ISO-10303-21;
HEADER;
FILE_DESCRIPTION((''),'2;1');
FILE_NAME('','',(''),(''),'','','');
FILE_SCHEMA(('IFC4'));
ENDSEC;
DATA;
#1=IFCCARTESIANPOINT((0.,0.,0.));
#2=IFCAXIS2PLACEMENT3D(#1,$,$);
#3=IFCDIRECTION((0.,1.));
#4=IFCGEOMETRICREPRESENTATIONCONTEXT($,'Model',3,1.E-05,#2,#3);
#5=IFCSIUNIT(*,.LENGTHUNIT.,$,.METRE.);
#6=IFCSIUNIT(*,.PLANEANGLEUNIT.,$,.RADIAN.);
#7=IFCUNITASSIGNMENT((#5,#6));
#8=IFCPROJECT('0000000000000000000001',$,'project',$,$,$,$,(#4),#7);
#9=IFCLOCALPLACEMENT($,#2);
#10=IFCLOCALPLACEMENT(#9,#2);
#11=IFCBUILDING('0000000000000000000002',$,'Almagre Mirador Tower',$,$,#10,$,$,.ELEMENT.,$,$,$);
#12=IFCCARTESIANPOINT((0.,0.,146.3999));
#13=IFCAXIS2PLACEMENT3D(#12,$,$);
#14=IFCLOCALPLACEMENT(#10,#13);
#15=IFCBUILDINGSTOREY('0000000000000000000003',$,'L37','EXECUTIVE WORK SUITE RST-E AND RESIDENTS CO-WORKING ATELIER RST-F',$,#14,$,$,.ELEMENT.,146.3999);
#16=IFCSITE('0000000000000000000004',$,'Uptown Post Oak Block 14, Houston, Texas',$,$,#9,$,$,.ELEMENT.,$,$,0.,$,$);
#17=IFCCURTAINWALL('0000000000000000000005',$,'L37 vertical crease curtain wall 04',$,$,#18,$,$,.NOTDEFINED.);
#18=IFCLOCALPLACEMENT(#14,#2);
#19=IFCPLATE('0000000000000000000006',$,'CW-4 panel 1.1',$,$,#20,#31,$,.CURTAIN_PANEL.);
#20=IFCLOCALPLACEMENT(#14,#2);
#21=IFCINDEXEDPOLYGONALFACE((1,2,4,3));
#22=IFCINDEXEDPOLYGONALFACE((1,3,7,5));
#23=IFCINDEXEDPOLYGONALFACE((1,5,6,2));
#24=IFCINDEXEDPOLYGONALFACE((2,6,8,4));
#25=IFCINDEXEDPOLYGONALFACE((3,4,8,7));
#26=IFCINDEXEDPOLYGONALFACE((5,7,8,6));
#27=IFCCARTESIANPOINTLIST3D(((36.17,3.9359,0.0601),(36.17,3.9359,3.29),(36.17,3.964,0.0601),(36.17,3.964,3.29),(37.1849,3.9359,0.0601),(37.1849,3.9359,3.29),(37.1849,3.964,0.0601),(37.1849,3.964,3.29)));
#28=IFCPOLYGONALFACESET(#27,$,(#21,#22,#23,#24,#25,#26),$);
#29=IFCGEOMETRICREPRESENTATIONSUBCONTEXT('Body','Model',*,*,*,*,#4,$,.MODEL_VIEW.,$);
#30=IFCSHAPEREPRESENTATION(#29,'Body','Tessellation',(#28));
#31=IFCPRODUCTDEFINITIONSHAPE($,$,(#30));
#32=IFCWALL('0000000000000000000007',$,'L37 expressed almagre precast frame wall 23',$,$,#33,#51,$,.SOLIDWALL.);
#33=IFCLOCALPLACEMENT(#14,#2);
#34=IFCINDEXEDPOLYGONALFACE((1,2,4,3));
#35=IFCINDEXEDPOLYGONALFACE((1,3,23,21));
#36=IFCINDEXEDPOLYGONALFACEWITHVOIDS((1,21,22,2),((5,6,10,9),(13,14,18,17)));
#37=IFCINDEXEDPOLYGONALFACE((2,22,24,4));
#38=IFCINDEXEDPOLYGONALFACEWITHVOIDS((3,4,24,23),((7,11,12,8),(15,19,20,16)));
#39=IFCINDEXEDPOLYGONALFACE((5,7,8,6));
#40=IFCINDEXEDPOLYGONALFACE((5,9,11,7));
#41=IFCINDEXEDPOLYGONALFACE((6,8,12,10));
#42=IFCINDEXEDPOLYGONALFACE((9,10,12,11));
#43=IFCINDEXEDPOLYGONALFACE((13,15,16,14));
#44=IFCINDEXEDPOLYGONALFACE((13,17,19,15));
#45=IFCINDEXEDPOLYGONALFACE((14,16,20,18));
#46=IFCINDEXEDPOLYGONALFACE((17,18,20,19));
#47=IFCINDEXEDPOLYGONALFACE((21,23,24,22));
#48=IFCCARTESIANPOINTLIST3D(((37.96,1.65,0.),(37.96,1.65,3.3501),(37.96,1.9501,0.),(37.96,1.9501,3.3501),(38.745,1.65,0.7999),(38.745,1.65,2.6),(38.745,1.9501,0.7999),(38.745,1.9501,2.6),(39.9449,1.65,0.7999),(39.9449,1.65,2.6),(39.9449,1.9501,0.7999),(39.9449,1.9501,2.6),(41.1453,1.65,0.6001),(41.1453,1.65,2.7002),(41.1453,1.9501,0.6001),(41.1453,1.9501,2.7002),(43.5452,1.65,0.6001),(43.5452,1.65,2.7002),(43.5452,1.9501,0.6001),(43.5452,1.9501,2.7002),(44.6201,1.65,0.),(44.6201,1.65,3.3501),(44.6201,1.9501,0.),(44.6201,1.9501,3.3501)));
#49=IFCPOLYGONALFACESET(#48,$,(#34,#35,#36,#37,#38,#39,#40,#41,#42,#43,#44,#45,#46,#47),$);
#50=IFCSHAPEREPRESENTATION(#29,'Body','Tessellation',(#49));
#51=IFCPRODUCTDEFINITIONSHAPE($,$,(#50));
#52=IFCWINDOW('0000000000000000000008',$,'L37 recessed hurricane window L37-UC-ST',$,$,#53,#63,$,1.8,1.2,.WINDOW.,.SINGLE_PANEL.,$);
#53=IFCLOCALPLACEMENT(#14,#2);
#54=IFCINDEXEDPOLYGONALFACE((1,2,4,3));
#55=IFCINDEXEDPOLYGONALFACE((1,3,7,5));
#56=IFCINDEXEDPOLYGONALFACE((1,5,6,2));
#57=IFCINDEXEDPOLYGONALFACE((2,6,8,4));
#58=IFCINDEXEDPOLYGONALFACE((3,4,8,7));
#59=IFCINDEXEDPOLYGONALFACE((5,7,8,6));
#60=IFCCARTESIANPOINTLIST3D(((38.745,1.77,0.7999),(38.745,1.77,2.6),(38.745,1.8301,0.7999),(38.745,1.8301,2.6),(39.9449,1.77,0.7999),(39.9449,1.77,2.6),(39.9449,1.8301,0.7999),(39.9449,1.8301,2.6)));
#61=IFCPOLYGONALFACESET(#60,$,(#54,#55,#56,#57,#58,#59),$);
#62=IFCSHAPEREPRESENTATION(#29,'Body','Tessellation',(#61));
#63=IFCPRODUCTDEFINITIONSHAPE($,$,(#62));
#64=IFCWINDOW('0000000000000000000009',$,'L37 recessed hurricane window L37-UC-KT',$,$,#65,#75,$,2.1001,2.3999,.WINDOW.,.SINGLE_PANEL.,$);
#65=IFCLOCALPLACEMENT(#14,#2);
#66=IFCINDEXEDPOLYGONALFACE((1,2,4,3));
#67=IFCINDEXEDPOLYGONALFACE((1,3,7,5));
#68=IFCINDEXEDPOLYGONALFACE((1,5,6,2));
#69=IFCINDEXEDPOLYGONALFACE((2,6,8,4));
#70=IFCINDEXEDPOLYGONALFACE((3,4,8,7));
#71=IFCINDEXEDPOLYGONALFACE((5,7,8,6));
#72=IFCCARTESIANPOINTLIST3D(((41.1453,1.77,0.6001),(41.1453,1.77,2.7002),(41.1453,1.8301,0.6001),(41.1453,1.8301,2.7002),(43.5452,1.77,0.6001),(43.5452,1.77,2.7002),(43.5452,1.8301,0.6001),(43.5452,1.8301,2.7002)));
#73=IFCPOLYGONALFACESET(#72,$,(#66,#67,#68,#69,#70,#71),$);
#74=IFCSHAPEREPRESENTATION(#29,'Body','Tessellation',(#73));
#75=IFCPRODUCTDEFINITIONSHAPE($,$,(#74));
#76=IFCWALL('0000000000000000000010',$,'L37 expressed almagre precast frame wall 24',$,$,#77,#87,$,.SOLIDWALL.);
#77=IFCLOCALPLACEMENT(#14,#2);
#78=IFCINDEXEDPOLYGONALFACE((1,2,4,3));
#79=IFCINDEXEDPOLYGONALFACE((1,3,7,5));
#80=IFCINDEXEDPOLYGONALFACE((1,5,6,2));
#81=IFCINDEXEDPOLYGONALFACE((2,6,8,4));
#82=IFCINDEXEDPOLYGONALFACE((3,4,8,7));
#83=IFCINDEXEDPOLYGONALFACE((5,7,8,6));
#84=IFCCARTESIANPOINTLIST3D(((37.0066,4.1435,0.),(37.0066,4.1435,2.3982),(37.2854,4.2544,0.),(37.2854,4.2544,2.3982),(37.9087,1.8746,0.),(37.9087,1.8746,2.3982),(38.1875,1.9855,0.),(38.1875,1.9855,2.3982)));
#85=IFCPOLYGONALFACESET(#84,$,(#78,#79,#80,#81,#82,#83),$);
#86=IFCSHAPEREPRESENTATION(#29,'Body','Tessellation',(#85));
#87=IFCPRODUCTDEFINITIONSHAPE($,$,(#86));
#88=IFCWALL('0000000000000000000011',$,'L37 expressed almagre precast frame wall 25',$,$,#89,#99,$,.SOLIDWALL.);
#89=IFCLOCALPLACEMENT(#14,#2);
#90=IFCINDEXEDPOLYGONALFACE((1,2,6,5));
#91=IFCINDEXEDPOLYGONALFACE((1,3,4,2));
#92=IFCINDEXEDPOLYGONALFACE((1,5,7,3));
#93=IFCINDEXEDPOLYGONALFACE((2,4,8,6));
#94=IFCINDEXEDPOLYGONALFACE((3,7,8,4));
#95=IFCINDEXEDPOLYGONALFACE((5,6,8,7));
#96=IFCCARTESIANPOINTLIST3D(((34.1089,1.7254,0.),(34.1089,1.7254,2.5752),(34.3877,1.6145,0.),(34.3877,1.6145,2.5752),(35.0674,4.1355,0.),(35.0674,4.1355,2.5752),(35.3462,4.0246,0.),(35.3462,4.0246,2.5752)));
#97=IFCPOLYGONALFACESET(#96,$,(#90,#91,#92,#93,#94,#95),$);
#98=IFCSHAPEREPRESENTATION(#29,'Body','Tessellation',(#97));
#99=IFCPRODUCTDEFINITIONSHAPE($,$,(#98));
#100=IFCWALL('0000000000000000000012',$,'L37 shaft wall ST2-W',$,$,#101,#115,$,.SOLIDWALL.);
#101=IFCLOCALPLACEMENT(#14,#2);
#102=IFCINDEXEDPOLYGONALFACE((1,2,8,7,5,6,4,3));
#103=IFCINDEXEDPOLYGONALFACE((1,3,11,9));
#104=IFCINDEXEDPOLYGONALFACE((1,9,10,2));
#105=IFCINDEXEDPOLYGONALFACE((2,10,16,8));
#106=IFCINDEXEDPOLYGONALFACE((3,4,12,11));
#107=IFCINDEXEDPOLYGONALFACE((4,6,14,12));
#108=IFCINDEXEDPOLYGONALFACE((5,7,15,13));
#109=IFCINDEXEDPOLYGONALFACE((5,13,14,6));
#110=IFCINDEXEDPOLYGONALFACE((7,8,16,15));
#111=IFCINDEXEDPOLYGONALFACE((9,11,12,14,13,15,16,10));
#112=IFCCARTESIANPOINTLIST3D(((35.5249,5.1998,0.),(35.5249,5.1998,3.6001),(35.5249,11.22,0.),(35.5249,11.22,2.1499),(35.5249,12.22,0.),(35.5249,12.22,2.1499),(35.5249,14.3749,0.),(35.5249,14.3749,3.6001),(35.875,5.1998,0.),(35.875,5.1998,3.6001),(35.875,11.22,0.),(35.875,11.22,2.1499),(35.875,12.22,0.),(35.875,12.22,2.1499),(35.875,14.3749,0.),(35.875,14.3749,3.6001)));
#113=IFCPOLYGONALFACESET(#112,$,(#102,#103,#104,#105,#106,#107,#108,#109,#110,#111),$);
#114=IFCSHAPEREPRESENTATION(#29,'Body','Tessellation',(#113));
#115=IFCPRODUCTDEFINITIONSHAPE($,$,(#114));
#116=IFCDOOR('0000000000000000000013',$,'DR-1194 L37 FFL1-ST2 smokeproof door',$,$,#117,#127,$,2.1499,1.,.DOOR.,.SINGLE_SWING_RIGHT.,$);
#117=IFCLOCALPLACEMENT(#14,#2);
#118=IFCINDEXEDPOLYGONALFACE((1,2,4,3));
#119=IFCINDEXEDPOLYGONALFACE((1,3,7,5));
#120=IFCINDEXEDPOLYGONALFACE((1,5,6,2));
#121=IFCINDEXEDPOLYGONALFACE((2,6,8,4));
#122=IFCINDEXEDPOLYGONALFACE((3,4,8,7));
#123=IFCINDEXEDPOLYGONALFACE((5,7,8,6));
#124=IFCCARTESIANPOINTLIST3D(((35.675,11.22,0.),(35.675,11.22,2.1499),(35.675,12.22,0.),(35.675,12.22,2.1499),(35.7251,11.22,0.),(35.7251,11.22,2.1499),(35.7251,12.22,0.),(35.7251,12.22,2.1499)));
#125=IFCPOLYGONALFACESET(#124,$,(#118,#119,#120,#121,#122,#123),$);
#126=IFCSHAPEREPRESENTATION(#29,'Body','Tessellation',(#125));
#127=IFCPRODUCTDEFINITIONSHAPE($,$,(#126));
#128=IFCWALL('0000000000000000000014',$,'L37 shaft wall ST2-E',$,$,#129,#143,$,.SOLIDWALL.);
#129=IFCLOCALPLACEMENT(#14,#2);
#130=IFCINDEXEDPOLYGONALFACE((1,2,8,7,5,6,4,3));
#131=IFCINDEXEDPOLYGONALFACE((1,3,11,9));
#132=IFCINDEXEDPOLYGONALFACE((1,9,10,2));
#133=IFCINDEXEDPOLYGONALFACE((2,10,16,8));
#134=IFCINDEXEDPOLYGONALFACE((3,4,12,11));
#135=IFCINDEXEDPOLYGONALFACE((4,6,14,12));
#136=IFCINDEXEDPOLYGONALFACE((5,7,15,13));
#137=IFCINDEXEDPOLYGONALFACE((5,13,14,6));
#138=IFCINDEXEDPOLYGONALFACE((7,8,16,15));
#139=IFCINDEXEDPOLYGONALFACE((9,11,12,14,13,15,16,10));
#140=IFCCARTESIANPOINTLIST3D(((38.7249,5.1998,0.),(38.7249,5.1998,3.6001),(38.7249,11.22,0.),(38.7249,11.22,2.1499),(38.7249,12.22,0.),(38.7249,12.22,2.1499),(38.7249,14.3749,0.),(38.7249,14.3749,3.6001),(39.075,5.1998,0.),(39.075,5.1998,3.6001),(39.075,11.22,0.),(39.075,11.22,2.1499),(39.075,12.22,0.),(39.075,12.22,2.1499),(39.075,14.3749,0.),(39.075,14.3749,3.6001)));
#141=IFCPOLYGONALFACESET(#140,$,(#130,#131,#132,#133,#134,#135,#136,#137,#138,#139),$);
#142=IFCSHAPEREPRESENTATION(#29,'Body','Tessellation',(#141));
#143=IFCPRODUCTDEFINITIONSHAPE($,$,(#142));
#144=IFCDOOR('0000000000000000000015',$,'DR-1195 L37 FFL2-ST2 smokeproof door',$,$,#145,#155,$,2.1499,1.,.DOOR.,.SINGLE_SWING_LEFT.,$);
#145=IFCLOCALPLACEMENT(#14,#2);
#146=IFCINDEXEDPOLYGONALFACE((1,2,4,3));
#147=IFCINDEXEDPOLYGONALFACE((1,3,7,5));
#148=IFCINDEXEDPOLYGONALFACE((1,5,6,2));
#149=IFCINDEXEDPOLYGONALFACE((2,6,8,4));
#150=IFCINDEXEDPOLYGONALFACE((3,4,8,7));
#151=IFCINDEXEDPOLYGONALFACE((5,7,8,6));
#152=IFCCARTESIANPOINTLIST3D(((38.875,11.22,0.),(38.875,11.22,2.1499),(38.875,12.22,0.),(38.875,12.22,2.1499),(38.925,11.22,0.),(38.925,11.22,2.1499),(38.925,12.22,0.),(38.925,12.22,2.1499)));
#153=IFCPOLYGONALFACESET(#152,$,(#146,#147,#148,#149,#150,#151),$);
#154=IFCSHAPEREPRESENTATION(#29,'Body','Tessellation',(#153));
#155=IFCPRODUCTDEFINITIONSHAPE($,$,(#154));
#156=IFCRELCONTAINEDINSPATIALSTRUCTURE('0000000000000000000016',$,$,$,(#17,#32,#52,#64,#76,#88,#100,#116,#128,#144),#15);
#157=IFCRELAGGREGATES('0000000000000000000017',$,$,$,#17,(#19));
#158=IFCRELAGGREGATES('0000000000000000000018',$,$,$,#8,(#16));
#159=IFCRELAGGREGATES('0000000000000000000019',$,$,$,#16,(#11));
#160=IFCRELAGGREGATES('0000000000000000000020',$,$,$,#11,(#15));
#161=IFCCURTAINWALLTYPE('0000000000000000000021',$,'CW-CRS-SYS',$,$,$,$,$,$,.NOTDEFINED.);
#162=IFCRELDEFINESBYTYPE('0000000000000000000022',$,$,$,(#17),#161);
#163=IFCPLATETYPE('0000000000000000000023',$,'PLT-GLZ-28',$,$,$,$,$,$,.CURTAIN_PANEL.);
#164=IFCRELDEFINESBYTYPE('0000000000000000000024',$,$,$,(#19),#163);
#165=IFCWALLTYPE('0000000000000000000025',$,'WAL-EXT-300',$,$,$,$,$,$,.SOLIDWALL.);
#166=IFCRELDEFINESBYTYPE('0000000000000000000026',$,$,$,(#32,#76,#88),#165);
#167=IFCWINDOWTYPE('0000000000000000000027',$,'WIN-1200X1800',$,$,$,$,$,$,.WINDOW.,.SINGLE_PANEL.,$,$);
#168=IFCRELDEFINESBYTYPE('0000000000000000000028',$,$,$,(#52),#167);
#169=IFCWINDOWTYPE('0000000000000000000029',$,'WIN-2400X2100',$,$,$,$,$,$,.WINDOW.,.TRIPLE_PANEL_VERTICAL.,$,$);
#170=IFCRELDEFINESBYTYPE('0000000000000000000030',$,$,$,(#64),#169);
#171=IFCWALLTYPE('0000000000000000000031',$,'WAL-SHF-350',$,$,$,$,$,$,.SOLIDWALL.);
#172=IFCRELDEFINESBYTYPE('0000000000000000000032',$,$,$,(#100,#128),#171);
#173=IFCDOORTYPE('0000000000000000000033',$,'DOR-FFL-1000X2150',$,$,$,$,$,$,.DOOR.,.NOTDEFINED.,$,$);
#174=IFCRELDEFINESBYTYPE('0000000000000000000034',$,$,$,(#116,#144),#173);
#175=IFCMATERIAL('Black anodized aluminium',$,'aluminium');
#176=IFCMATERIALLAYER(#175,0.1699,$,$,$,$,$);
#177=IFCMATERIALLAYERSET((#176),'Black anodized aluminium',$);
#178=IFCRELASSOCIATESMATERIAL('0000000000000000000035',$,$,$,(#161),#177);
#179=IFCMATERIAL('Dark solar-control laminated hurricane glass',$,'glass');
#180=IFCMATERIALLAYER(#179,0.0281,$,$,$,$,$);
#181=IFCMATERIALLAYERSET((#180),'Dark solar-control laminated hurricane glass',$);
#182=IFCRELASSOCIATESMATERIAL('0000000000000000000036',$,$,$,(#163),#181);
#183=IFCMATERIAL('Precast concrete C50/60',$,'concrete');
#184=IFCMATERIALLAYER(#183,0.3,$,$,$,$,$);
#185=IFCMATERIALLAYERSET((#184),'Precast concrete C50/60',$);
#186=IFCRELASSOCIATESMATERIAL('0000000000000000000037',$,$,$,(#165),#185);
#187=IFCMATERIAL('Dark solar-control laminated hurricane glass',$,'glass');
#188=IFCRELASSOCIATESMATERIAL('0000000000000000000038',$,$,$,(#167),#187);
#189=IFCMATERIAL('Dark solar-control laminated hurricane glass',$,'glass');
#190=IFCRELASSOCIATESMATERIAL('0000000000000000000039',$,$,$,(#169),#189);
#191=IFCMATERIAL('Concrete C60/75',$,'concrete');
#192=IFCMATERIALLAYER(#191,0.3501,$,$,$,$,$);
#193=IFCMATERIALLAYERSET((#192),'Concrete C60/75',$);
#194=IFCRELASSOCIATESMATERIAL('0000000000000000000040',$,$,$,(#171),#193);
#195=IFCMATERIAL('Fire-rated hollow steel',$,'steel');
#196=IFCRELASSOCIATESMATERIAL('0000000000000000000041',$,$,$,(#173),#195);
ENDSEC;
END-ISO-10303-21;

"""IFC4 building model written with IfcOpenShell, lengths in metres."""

from ifc_helpers import new_model, si_unit, direction, frame, frame_2d, origin, origin_2d, place, context, subcontext, project, spatial, rectangle, extrude, material, layer, layer_set, type_object, element, fill, aggregate, save


model = new_model("IFC4")

# Units and contexts
model_context = context("Model", 3, precision=1e-05, world=origin(), true_north=direction((0.0, 1.0)))
body_context = subcontext(model_context, "Body", "Model", "MODEL_VIEW")
ifc_project = project(units=[si_unit("LENGTHUNIT", "METRE"), si_unit("PLANEANGLEUNIT", "RADIAN")], contexts=[model_context])

# Site, building, storey
site_placement = place(None, origin())
site = spatial("IfcSite", under=ifc_project, at=site_placement, Name="Uptown Post Oak Block 14, Houston, Texas", CompositionType="ELEMENT", RefElevation=0.0)
building_placement = place(site_placement, origin())
building = spatial("IfcBuilding", under=site, at=building_placement, Name="Almagre Mirador Tower", CompositionType="ELEMENT")
storey_placement = place(building_placement, frame((0.0, 0.0, 146.3999)))
storey = spatial("IfcBuildingStorey", under=building, at=storey_placement, Name="L37", Description="EXECUTIVE WORK SUITE RST-E AND RESIDENTS CO-WORKING ATELIER RST-F", CompositionType="ELEMENT", Elevation=146.3999)

# Curtain wall, plate
ifc_material_1 = material(Name="Black anodized aluminium", Category="aluminium")
ifc_layer_1 = layer(ifc_material_1, 0.1699)
ifc_layer_set_1 = layer_set([ifc_layer_1], Name="Black anodized aluminium")
curtain_wall_type = type_object("IfcCurtainWallType", Name="CW-CRS-SYS", PredefinedType="NOTDEFINED", material=ifc_layer_set_1)
curtain_wall_placement = place(storey_placement, origin())
curtain_wall = element("IfcCurtainWall", 1, at=curtain_wall_placement, inside=storey, type_object=curtain_wall_type, Name="L37 vertical crease curtain wall 04", PredefinedType="NOTDEFINED")
ifc_material_2 = material(Name="Dark solar-control laminated hurricane glass", Category="glass")
ifc_layer_2 = layer(ifc_material_2, 0.0281)
ifc_layer_set_2 = layer_set([ifc_layer_2], Name="Dark solar-control laminated hurricane glass")
plate_type = type_object("IfcPlateType", Name="PLT-GLZ-28", PredefinedType="CURTAIN_PANEL", material=ifc_layer_set_2)
plate_placement = place(storey_placement, frame((36.6775, 3.95, 0.0601), z_axis=(0.0, 0.0, 1.0), x_axis=(-1.0, 0.0, 0.0)))
plate = element("IfcPlate", 2, at=plate_placement, type_object=plate_type, Name="CW-4 panel 1.1", PredefinedType="CURTAIN_PANEL", context=body_context, shape_type="SweptSolid", body=[
    extrude(rectangle(XDim=1.0149, YDim=0.0281, at=origin_2d()), origin(), (0.0, 0.0, 1.0), 3.23),
])
aggregate(curtain_wall, [plate])

# Wall, openings, windows
ifc_material_3 = material(Name="Precast concrete C50/60", Category="concrete")
ifc_layer_3 = layer(ifc_material_3, 0.3)
ifc_layer_set_3 = layer_set([ifc_layer_3], Name="Precast concrete C50/60")
wall_type_1 = type_object("IfcWallType", Name="WAL-EXT-300", PredefinedType="SOLIDWALL", material=ifc_layer_set_3)
wall_1_placement = place(storey_placement, frame((44.6201, 1.8, 0.0), z_axis=(0.0, 0.0, 1.0), x_axis=(-1.0, 0.0, 0.0)))
wall_1 = element("IfcWall", 3, at=wall_1_placement, inside=storey, type_object=wall_type_1, Name="L37 expressed almagre precast frame wall 23", PredefinedType="SOLIDWALL", context=body_context, shape_type="SweptSolid", body=[
    extrude(rectangle(XDim=6.6602, YDim=0.3, at=frame_2d((3.3301, 0.0))), origin(), (0.0, 0.0, 1.0), 3.3501),
])
opening_1_placement = place(wall_1_placement, frame((4.675, 0.0, 0.8)))
opening_1 = element("IfcOpeningElement", 4, at=opening_1_placement, cuts=wall_1, PredefinedType="OPENING", context=body_context, shape_type="SweptSolid", body=[
    extrude(rectangle(XDim=1.2, YDim=1.8, at=frame_2d((0.6001, 0.8999))), frame((0.0, 0.1599, 0.0), z_axis=(0.0, -1.0, 0.0), x_axis=(1.0, 0.0, 0.0)), (0.0, 0.0, 1.0), 0.32),
])
opening_2_placement = place(wall_1_placement, frame((1.075, 0.0, 0.6001)))
opening_2 = element("IfcOpeningElement", 5, at=opening_2_placement, cuts=wall_1, PredefinedType="OPENING", context=body_context, shape_type="SweptSolid", body=[
    extrude(rectangle(XDim=2.3999, YDim=2.1001, at=frame_2d((1.2, 1.05))), frame((0.0, 0.1599, 0.0), z_axis=(0.0, -1.0, 0.0), x_axis=(1.0, 0.0, 0.0)), (0.0, 0.0, 1.0), 0.32),
])
ifc_material_4 = material(Name="Dark solar-control laminated hurricane glass", Category="glass")
window_type_1 = type_object("IfcWindowType", Name="WIN-1200X1800", PartitioningType="SINGLE_PANEL", PredefinedType="WINDOW", material=ifc_material_4)
window_1_placement = place(opening_1_placement, origin())
window_1 = element("IfcWindow", 6, at=window_1_placement, inside=storey, type_object=window_type_1, Name="L37 recessed hurricane window L37-UC-ST", OverallHeight=1.8, OverallWidth=1.2, PartitioningType="SINGLE_PANEL", PredefinedType="WINDOW", context=body_context, shape_type="SweptSolid", body=[
    extrude(rectangle(XDim=1.2, YDim=1.8, at=frame_2d((0.6001, 0.8999))), frame((0.0, 0.03, 0.0), z_axis=(0.0, -1.0, 0.0), x_axis=(1.0, 0.0, 0.0)), (0.0, 0.0, 1.0), 0.0601),
])
fill(opening_1, window_1)
ifc_material_5 = material(Name="Dark solar-control laminated hurricane glass", Category="glass")
window_type_2 = type_object("IfcWindowType", Name="WIN-2400X2100", PartitioningType="TRIPLE_PANEL_VERTICAL", PredefinedType="WINDOW", material=ifc_material_5)
window_2_placement = place(opening_2_placement, origin())
window_2 = element("IfcWindow", 7, at=window_2_placement, inside=storey, type_object=window_type_2, Name="L37 recessed hurricane window L37-UC-KT", OverallHeight=2.1001, OverallWidth=2.3999, PartitioningType="SINGLE_PANEL", PredefinedType="WINDOW", context=body_context, shape_type="SweptSolid", body=[
    extrude(rectangle(XDim=2.3999, YDim=2.1001, at=frame_2d((1.2, 1.05))), frame((0.0, 0.03, 0.0), z_axis=(0.0, -1.0, 0.0), x_axis=(1.0, 0.0, 0.0)), (0.0, 0.0, 1.0), 0.0601),
])
fill(opening_2, window_2)

# Walls
wall_2_placement = place(storey_placement, frame((38.0481, 1.9302, 0.0), z_axis=(0.0, 0.0, 1.0), x_axis=(-0.369476, 0.92924, 0.0)))
element("IfcWall", 8, at=wall_2_placement, inside=storey, type_object=wall_type_1, Name="L37 expressed almagre precast frame wall 24", PredefinedType="SOLIDWALL", context=body_context, shape_type="SweptSolid", body=[
    extrude(rectangle(XDim=2.4417, YDim=0.3, at=frame_2d((1.2207, 0.0))), origin(), (0.0, 0.0, 1.0), 2.3982),
])
wall_3_placement = place(storey_placement, frame((35.2068, 4.0801, 0.0), z_axis=(0.0, 0.0, 1.0), x_axis=(-0.36954, -0.929215, 0.0)))
element("IfcWall", 9, at=wall_3_placement, inside=storey, type_object=wall_type_1, Name="L37 expressed almagre precast frame wall 25", PredefinedType="SOLIDWALL", context=body_context, shape_type="SweptSolid", body=[
    extrude(rectangle(XDim=2.5938, YDim=0.3, at=frame_2d((1.2969, 0.0))), origin(), (0.0, 0.0, 1.0), 2.5752),
])

# Walls, openings, doors
ifc_material_6 = material(Name="Concrete C60/75", Category="concrete")
ifc_layer_4 = layer(ifc_material_6, 0.3501)
ifc_layer_set_4 = layer_set([ifc_layer_4], Name="Concrete C60/75")
wall_type_2 = type_object("IfcWallType", Name="WAL-SHF-350", PredefinedType="SOLIDWALL", material=ifc_layer_set_4)
wall_4_placement = place(storey_placement, frame((35.7, 5.2, 0.0), z_axis=(0.0, 0.0, 1.0), x_axis=(0.0, 1.0, 0.0)))
wall_4 = element("IfcWall", 10, at=wall_4_placement, inside=storey, type_object=wall_type_2, Name="L37 shaft wall ST2-W", PredefinedType="SOLIDWALL", context=body_context, shape_type="SweptSolid", body=[
    extrude(rectangle(XDim=9.175, YDim=0.3501, at=frame_2d((4.5874, 0.0))), origin(), (0.0, 0.0, 1.0), 3.6001),
])
opening_3_placement = place(wall_4_placement, frame((6.02, 0.0, 0.0)))
opening_3 = element("IfcOpeningElement", 11, at=opening_3_placement, cuts=wall_4, PredefinedType="OPENING", context=body_context, shape_type="SweptSolid", body=[
    extrude(rectangle(XDim=1.0, YDim=2.1499, at=frame_2d((0.5, 1.075))), frame((0.0, 0.185, 0.0), z_axis=(0.0, -1.0, 0.0), x_axis=(1.0, 0.0, 0.0)), (0.0, 0.0, 1.0), 0.3701),
])
ifc_material_7 = material(Name="Fire-rated hollow steel", Category="steel")
door_type = type_object("IfcDoorType", Name="DOR-FFL-1000X2150", OperationType="NOTDEFINED", PredefinedType="DOOR", material=ifc_material_7)
door_1_placement = place(opening_3_placement, origin())
door_1 = element("IfcDoor", 12, at=door_1_placement, inside=storey, type_object=door_type, Name="DR-1194 L37 FFL1-ST2 smokeproof door", OperationType="SINGLE_SWING_RIGHT", OverallHeight=2.1499, OverallWidth=1.0, PredefinedType="DOOR", context=body_context, shape_type="SweptSolid", body=[
    extrude(rectangle(XDim=1.0, YDim=2.1499, at=frame_2d((0.5, 1.075))), frame((0.0, 0.0249, 0.0), z_axis=(0.0, -1.0, 0.0), x_axis=(1.0, 0.0, 0.0)), (0.0, 0.0, 1.0), 0.05),
])
fill(opening_3, door_1)
wall_5_placement = place(storey_placement, frame((38.8999, 5.2, 0.0), z_axis=(0.0, 0.0, 1.0), x_axis=(0.0, 1.0, 0.0)))
wall_5 = element("IfcWall", 13, at=wall_5_placement, inside=storey, type_object=wall_type_2, Name="L37 shaft wall ST2-E", PredefinedType="SOLIDWALL", context=body_context, shape_type="SweptSolid", body=[
    extrude(rectangle(XDim=9.175, YDim=0.3501, at=frame_2d((4.5874, 0.0))), origin(), (0.0, 0.0, 1.0), 3.6001),
])
opening_4_placement = place(wall_5_placement, frame((6.02, 0.0, 0.0)))
opening_4 = element("IfcOpeningElement", 14, at=opening_4_placement, cuts=wall_5, PredefinedType="OPENING", context=body_context, shape_type="SweptSolid", body=[
    extrude(rectangle(XDim=1.0, YDim=2.1499, at=frame_2d((0.5, 1.075))), frame((0.0, 0.185, 0.0), z_axis=(0.0, -1.0, 0.0), x_axis=(1.0, 0.0, 0.0)), (0.0, 0.0, 1.0), 0.3701),
])
door_2_placement = place(opening_4_placement, origin())
door_2 = element("IfcDoor", 15, at=door_2_placement, inside=storey, type_object=door_type, Name="DR-1195 L37 FFL2-ST2 smokeproof door", OperationType="SINGLE_SWING_LEFT", OverallHeight=2.1499, OverallWidth=1.0, PredefinedType="DOOR", context=body_context, shape_type="SweptSolid", body=[
    extrude(rectangle(XDim=1.0, YDim=2.1499, at=frame_2d((0.5, 1.075))), frame((0.0, 0.0249, 0.0), z_axis=(0.0, -1.0, 0.0), x_axis=(1.0, 0.0, 0.0)), (0.0, 0.0, 1.0), 0.05),
])
fill(opening_4, door_2)

save(model, "model.ifc")
